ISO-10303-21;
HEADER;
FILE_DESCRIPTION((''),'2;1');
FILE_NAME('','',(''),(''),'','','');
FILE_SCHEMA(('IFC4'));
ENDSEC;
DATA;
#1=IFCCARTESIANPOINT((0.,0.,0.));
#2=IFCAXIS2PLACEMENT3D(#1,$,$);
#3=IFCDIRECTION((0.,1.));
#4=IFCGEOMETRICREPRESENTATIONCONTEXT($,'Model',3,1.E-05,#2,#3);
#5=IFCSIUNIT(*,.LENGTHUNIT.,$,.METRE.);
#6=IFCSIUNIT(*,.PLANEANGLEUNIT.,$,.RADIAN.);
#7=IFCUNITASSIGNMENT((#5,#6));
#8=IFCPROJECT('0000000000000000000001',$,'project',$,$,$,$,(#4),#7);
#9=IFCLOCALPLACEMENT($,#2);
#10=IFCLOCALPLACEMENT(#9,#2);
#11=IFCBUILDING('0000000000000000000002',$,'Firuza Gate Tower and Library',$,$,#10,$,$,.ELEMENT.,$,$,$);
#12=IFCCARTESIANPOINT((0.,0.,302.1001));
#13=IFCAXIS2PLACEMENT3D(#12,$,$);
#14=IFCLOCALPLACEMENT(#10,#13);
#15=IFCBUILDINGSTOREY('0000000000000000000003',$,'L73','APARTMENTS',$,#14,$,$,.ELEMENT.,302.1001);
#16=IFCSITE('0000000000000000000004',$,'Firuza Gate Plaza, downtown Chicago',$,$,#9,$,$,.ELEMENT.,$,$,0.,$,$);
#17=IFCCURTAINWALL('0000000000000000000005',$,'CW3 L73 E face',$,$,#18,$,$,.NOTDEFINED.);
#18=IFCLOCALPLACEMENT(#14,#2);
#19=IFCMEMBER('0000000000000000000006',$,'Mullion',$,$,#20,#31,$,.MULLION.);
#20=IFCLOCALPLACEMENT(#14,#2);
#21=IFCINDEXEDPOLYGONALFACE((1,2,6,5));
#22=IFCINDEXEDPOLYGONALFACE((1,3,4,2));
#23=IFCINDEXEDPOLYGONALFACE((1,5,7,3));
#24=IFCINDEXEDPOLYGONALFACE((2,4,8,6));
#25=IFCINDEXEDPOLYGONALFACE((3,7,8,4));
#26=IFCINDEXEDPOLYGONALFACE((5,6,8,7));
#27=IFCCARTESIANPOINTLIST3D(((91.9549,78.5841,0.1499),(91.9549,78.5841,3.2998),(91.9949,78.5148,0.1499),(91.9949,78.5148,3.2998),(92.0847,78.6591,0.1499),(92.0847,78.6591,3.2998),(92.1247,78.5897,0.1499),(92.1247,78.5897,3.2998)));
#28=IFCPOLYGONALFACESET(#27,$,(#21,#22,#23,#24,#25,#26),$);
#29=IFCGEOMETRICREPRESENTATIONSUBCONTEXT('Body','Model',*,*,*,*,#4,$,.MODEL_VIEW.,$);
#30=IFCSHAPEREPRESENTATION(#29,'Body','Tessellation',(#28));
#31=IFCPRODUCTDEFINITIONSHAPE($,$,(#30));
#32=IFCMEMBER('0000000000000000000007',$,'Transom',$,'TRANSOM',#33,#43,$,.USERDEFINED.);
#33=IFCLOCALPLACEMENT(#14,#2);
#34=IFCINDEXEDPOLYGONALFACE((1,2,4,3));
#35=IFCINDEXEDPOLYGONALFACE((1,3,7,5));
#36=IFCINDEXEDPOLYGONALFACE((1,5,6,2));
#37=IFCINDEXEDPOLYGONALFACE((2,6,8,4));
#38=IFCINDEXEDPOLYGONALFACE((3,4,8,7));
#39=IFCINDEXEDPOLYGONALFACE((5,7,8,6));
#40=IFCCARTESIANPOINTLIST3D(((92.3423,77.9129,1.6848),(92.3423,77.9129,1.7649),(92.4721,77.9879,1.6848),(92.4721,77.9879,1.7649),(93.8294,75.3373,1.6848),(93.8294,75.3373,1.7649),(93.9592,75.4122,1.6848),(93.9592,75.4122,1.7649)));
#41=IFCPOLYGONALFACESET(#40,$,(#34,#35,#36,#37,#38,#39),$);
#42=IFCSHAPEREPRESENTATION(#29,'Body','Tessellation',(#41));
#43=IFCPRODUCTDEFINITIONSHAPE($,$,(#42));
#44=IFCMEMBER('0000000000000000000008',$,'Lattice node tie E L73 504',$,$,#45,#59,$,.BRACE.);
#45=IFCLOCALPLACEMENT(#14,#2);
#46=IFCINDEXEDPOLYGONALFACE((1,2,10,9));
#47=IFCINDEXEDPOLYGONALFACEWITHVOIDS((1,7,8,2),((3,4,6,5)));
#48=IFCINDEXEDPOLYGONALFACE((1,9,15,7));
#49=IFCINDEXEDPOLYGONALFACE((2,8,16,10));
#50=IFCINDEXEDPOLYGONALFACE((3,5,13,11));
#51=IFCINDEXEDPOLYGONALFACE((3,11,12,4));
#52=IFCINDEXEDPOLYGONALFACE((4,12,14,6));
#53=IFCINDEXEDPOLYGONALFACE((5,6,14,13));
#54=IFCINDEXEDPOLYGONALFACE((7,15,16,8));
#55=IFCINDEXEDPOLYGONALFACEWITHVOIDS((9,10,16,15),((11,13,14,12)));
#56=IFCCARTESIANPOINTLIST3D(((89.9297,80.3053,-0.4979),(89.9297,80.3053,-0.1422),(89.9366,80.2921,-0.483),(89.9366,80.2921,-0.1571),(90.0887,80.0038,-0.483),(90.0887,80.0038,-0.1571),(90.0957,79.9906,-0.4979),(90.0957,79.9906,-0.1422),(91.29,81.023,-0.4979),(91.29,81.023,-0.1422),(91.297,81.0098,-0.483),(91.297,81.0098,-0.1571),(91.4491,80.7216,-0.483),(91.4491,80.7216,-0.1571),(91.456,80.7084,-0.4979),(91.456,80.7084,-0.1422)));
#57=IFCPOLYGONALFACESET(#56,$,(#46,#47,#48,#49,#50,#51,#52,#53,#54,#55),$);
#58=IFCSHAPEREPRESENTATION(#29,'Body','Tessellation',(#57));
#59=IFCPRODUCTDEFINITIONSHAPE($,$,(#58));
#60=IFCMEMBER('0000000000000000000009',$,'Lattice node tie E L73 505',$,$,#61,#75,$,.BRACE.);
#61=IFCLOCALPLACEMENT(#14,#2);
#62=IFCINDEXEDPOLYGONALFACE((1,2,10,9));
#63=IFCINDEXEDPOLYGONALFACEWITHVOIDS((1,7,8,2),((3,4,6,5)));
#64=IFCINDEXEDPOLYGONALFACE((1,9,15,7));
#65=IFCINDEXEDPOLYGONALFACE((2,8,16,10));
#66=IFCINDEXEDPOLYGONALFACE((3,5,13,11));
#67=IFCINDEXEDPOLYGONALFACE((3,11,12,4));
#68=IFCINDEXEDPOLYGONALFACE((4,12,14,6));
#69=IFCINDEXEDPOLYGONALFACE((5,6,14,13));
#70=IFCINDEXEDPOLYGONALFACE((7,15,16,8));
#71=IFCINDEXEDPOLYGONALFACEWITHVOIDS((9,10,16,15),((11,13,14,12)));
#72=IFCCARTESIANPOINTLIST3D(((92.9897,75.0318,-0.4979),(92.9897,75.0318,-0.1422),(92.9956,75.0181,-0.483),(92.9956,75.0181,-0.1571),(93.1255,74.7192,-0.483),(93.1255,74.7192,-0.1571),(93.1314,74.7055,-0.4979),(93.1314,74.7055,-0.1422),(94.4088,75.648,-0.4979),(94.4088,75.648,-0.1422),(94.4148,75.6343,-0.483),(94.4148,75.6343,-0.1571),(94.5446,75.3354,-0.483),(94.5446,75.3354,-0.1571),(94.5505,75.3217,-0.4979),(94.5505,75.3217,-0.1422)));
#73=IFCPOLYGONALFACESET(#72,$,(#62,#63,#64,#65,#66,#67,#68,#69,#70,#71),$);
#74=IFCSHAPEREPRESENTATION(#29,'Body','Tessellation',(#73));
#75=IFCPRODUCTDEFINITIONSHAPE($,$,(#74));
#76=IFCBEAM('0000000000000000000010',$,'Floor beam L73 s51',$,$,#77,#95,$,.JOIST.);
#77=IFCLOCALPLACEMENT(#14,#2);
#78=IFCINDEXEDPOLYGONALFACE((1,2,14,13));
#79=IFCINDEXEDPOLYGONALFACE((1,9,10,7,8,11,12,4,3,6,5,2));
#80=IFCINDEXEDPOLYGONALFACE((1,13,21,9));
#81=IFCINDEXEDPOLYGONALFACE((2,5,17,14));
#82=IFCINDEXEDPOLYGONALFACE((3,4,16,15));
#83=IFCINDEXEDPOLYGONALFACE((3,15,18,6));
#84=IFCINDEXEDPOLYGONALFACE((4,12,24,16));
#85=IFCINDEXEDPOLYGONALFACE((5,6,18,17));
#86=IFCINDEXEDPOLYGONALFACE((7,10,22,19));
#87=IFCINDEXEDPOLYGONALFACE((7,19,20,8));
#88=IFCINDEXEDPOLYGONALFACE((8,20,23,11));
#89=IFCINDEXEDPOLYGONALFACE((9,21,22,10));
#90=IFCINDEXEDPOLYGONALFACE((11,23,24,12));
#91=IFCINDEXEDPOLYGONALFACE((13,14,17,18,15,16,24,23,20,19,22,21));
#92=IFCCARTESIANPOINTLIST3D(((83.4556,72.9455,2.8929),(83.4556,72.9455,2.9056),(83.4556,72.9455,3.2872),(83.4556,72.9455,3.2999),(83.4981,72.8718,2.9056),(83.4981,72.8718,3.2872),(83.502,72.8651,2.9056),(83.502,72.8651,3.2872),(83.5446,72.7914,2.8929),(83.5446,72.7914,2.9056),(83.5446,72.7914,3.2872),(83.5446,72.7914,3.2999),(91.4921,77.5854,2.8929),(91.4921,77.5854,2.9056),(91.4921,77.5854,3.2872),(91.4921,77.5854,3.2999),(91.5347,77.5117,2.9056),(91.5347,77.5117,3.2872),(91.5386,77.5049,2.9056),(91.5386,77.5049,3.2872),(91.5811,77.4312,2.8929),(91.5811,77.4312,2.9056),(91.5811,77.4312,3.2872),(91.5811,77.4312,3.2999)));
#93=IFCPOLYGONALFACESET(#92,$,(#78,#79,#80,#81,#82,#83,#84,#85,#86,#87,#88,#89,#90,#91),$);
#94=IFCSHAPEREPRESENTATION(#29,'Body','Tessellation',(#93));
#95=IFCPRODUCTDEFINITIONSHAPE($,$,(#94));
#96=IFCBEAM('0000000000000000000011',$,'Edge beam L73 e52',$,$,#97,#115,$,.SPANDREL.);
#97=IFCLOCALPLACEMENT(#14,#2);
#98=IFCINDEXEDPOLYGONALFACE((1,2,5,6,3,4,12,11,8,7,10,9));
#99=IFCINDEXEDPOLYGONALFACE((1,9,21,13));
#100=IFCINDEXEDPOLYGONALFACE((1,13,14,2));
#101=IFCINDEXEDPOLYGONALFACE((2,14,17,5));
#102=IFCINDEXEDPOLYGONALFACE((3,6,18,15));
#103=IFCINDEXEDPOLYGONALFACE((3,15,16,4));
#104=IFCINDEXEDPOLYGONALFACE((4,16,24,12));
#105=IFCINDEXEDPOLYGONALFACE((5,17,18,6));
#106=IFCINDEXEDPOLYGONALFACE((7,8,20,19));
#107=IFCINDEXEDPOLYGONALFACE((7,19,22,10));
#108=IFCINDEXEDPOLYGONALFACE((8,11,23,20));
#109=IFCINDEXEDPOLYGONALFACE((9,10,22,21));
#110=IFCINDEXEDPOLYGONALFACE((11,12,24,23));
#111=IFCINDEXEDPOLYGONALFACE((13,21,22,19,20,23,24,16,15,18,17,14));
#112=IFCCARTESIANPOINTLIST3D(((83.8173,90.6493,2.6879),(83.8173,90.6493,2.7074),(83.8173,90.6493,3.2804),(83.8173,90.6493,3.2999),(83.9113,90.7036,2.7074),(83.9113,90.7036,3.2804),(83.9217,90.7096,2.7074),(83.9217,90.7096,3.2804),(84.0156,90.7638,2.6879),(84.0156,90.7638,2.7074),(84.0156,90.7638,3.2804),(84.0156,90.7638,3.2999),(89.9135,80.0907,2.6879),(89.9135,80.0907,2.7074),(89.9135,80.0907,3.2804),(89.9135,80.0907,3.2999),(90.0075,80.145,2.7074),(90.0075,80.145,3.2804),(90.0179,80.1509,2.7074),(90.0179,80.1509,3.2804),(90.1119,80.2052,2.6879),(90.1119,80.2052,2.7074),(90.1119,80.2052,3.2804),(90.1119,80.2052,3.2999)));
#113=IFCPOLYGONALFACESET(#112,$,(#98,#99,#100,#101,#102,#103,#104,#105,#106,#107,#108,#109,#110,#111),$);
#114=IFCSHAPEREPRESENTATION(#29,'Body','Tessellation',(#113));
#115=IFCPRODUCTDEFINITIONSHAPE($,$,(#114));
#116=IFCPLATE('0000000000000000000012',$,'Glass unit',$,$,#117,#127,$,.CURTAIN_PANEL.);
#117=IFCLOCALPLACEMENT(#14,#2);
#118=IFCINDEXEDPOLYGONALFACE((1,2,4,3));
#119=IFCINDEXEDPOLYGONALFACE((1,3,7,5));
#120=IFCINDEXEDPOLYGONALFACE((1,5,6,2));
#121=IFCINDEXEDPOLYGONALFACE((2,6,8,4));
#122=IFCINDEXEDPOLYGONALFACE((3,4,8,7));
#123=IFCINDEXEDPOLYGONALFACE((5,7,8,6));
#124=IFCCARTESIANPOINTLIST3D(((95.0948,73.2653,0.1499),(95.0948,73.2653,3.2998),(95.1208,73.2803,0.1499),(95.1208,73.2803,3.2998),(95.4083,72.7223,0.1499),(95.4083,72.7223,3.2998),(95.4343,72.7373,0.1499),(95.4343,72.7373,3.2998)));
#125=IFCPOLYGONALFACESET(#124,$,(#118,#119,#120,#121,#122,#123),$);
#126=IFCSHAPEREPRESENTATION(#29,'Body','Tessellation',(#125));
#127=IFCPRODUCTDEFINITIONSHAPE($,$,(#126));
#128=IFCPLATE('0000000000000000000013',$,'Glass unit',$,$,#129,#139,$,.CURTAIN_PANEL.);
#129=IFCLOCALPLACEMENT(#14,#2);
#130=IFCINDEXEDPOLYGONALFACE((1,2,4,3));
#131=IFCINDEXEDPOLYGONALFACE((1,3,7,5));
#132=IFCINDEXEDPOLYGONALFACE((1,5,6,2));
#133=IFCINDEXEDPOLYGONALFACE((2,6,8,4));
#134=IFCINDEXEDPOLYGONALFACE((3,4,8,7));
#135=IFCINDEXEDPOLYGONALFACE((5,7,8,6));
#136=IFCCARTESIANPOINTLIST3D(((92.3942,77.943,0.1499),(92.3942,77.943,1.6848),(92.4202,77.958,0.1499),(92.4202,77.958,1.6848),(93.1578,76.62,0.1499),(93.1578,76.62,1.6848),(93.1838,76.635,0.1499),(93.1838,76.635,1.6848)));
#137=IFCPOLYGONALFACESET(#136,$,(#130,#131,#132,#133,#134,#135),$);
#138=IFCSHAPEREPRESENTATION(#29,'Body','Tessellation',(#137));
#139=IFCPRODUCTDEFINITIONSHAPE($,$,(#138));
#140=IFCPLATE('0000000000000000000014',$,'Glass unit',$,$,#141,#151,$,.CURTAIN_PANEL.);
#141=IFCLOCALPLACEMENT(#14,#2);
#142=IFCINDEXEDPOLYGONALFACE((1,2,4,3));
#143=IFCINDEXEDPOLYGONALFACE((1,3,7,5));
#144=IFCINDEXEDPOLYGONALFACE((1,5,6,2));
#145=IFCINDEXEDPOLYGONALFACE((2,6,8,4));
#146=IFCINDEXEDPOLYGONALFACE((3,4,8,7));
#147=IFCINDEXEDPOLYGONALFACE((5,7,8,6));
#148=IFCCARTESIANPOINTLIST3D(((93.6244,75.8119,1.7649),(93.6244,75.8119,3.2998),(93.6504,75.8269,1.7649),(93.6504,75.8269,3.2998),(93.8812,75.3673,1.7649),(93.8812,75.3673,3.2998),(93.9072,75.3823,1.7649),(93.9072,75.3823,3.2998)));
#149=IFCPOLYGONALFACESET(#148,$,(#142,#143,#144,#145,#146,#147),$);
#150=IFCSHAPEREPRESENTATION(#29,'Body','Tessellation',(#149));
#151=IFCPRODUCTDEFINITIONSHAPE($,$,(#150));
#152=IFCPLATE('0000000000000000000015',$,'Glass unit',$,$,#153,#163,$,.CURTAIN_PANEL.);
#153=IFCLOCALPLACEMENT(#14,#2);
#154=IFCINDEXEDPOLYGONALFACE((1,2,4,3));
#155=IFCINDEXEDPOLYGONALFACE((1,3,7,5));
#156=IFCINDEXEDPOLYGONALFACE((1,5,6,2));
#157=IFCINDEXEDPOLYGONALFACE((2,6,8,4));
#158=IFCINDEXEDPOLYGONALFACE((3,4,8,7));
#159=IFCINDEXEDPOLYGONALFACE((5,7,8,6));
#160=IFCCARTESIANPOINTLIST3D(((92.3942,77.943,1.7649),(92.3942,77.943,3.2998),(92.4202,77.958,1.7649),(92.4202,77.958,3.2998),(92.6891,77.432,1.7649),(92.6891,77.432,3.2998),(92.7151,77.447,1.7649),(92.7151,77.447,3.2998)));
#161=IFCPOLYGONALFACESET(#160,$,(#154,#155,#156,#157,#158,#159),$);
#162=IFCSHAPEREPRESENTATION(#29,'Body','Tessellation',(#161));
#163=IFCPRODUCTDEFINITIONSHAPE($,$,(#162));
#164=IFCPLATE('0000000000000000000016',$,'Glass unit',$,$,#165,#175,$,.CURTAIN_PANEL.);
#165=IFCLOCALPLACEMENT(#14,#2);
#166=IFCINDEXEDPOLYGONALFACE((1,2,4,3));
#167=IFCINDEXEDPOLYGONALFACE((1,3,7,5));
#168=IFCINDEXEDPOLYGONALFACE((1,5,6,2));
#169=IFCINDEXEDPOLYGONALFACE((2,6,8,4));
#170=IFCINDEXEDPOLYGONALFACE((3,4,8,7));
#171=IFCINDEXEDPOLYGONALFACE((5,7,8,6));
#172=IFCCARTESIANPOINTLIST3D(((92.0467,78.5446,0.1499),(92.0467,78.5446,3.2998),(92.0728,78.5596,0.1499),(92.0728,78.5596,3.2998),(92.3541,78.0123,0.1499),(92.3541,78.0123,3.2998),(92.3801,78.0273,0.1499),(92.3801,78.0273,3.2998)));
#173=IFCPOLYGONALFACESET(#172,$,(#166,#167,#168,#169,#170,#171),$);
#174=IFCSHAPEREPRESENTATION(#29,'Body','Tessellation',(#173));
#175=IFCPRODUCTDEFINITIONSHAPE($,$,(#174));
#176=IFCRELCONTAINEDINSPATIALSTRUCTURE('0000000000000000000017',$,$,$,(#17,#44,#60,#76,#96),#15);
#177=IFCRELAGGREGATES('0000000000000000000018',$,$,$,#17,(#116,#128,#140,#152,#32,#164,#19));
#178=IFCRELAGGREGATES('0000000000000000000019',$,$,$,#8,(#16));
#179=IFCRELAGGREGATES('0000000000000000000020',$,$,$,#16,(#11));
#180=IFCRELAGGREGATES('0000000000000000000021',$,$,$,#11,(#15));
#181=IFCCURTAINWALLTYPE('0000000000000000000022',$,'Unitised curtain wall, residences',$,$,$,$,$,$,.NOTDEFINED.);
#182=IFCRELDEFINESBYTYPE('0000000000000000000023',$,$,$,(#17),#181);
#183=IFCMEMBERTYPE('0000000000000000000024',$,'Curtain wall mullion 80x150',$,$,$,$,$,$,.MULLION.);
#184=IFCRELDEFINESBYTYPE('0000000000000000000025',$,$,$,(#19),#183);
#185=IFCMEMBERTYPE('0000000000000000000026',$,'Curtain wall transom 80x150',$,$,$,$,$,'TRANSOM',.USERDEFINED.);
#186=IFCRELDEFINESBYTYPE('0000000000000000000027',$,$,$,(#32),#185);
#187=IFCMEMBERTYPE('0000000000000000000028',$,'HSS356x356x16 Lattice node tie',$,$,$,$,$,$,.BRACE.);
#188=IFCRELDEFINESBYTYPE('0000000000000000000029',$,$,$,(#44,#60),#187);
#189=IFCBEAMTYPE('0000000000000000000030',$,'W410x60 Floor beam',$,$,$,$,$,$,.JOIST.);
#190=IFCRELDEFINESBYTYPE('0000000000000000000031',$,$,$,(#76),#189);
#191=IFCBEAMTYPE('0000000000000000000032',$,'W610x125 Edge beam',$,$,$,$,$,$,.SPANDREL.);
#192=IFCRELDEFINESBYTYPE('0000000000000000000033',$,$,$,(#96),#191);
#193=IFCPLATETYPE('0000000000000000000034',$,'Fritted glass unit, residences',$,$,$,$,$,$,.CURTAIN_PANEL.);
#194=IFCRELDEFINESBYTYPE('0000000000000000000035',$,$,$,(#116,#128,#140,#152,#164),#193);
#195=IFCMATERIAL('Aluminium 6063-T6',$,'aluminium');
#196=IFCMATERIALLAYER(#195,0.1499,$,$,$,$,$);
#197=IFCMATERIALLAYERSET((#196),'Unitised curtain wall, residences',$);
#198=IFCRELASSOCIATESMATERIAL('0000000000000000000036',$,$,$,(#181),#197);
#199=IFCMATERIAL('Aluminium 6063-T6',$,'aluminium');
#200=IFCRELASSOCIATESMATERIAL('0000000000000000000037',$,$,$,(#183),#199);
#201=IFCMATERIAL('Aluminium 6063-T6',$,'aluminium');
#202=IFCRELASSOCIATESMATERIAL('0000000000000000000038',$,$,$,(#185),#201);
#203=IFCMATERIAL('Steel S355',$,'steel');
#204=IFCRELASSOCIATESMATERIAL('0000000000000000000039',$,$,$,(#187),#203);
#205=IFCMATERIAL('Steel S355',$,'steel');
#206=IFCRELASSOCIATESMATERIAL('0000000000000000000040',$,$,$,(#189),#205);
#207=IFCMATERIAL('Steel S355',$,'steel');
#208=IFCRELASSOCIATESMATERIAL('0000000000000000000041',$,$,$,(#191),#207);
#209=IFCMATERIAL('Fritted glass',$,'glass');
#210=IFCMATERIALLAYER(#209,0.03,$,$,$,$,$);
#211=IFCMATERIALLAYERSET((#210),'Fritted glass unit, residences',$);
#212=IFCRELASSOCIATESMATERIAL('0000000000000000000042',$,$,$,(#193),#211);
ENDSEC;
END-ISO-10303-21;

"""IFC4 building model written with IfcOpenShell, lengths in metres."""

from ifc_helpers import new_model, si_unit, direction, frame, origin, origin_2d, place, context, subcontext, project, spatial, polyline, rectangle, hollow_rectangle, i_section, outline, extrude, material, layer, layer_set, material_profile, profile_set, type_object, element, aggregate, save


model = new_model("IFC4")

# Units and contexts
model_context = context("Model", 3, precision=1e-05, world=origin(), true_north=direction((0.0, 1.0)))
body_context = subcontext(model_context, "Body", "Model", "MODEL_VIEW")
ifc_project = project(units=[si_unit("LENGTHUNIT", "METRE"), si_unit("PLANEANGLEUNIT", "RADIAN")], contexts=[model_context])

# Site, building, storey
site_placement = place(None, origin())
site = spatial("IfcSite", under=ifc_project, at=site_placement, Name="Firuza Gate Plaza, downtown Chicago", CompositionType="ELEMENT", RefElevation=0.0)
building_placement = place(site_placement, origin())
building = spatial("IfcBuilding", under=site, at=building_placement, Name="Firuza Gate Tower and Library", CompositionType="ELEMENT")
storey_placement = place(building_placement, frame((0.0, 0.0, 302.1001)))
storey = spatial("IfcBuildingStorey", under=building, at=storey_placement, Name="L73", Description="APARTMENTS", CompositionType="ELEMENT", Elevation=302.1001)

# Curtain wall, members
ifc_material_1 = material(Name="Aluminium 6063-T6", Category="aluminium")
ifc_layer_1 = layer(ifc_material_1, 0.1499)
ifc_layer_set_1 = layer_set([ifc_layer_1], Name="Unitised curtain wall, residences")
curtain_wall_type = type_object("IfcCurtainWallType", Name="Unitised curtain wall, residences", PredefinedType="NOTDEFINED", material=ifc_layer_set_1)
curtain_wall_placement = place(storey_placement, origin())
curtain_wall = element("IfcCurtainWall", 1, at=curtain_wall_placement, inside=storey, type_object=curtain_wall_type, Name="CW3 L73 E face", PredefinedType="NOTDEFINED")
ifc_material_2 = material(Name="Aluminium 6063-T6", Category="aluminium")
ifc_material_profile_1 = material_profile(ifc_material_2, rectangle(XDim=0.1499, YDim=0.0801, at=origin_2d()))
ifc_profile_set_1 = profile_set([ifc_material_profile_1], Name="Aluminium 6063-T6")
member_type_1 = type_object("IfcMemberType", Name="Curtain wall mullion 80x150", PredefinedType="MULLION", material=ifc_profile_set_1)
member_1_placement = place(storey_placement, frame((92.0398, 78.5869, 0.1499), z_axis=(0.0, 0.0, 1.0), x_axis=(-0.866025, -0.5, 0.0)))
member_1 = element("IfcMember", 2, at=member_1_placement, type_object=member_type_1, Name="Mullion", PredefinedType="MULLION", context=body_context, shape_type="SweptSolid", body=[
    extrude(rectangle(XDim=0.1499, YDim=0.0801, at=origin_2d()), origin(), (0.0, 0.0, 1.0), 3.1499),
])
ifc_material_3 = material(Name="Aluminium 6063-T6", Category="aluminium")
ifc_material_profile_2 = material_profile(ifc_material_3, rectangle(XDim=0.1499, YDim=0.0801, at=origin_2d()))
ifc_profile_set_2 = profile_set([ifc_material_profile_2], Name="Aluminium 6063-T6")
member_type_2 = type_object("IfcMemberType", Name="Curtain wall transom 80x150", ElementType="TRANSOM", PredefinedType="USERDEFINED", material=ifc_profile_set_2)
member_2_placement = place(storey_placement, frame((93.8943, 75.3748, 1.7249), z_axis=(-0.499997, 0.866027, 0.0), x_axis=(-0.866027, -0.499997, 0.0)))
member_2 = element("IfcMember", 3, at=member_2_placement, type_object=member_type_2, Name="Transom", ObjectType="TRANSOM", PredefinedType="USERDEFINED", context=body_context, shape_type="SweptSolid", body=[
    extrude(rectangle(XDim=0.1499, YDim=0.0801, at=origin_2d()), origin(), (0.0, 0.0, 1.0), 2.9741),
])

# Members
ifc_material_4 = material(Name="Steel S355", Category="steel")
ifc_material_profile_3 = material_profile(ifc_material_4, hollow_rectangle(XDim=0.3557, YDim=0.3557, WallThickness=0.0149, at=origin_2d()))
ifc_profile_set_3 = profile_set([ifc_material_profile_3], Name="Steel S355")
member_type_3 = type_object("IfcMemberType", Name="HSS356x356x16 Lattice node tie", PredefinedType="BRACE", material=ifc_profile_set_3)
member_3_placement = place(storey_placement, frame((90.0127, 80.1479, -0.3201), z_axis=(0.884436, 0.466662, 0.0), x_axis=(-0.466662, 0.884436, 0.0)))
element("IfcMember", 4, at=member_3_placement, inside=storey, type_object=member_type_3, Name="Lattice node tie E L73 504", PredefinedType="BRACE", context=body_context, shape_type="SweptSolid", body=[
    extrude(hollow_rectangle(XDim=0.3557, YDim=0.3557, WallThickness=0.0149, at=origin_2d()), origin(), (0.0, 0.0, 1.0), 1.5381),
])
member_4_placement = place(storey_placement, frame((93.0605, 74.8687, -0.3201), z_axis=(0.917266, 0.398276, 0.0), x_axis=(-0.398276, 0.917266, 0.0)))
element("IfcMember", 5, at=member_4_placement, inside=storey, type_object=member_type_3, Name="Lattice node tie E L73 505", PredefinedType="BRACE", context=body_context, shape_type="SweptSolid", body=[
    extrude(hollow_rectangle(XDim=0.3557, YDim=0.3557, WallThickness=0.0149, at=origin_2d()), origin(), (0.0, 0.0, 1.0), 1.5471),
])

# Beams
ifc_material_5 = material(Name="Steel S355", Category="steel")
ifc_material_profile_4 = material_profile(ifc_material_5, i_section(OverallWidth=0.178, OverallDepth=0.407, WebThickness=0.0078, FlangeThickness=0.0127, at=origin_2d()))
ifc_profile_set_4 = profile_set([ifc_material_profile_4], Name="Steel S355")
beam_type_1 = type_object("IfcBeamType", Name="W410x60 Floor beam", PredefinedType="JOIST", material=ifc_profile_set_4)
beam_1_placement = place(storey_placement, frame((91.5366, 77.5083, 3.0964), z_axis=(-0.866028, -0.499996, 0.0), x_axis=(0.499996, -0.866028, 0.0)))
element("IfcBeam", 6, at=beam_1_placement, inside=storey, type_object=beam_type_1, Name="Floor beam L73 s51", PredefinedType="JOIST", context=body_context, shape_type="SweptSolid", body=[
    extrude(i_section(OverallWidth=0.178, OverallDepth=0.407, WebThickness=0.0078, FlangeThickness=0.0127, at=origin_2d()), origin(), (0.0, 0.0, 1.0), 9.2798),
])
ifc_material_6 = material(Name="Steel S355", Category="steel")
ifc_material_profile_5 = material_profile(ifc_material_6, i_section(OverallWidth=0.229, OverallDepth=0.6121, WebThickness=0.012, FlangeThickness=0.0195, at=origin_2d()))
ifc_profile_set_5 = profile_set([ifc_material_profile_5], Name="Steel S355")
beam_type_2 = type_object("IfcBeamType", Name="W610x125 Edge beam", PredefinedType="SPANDREL", material=ifc_profile_set_5)
beam_2_placement = place(storey_placement, frame((90.0127, 80.1479, 2.9939), z_axis=(-0.500011, 0.866019, 0.0), x_axis=(-0.866019, -0.500011, 0.0)))
element("IfcBeam", 7, at=beam_2_placement, inside=storey, type_object=beam_type_2, Name="Edge beam L73 e52", PredefinedType="SPANDREL", context=body_context, shape_type="SweptSolid", body=[
    extrude(i_section(OverallWidth=0.229, OverallDepth=0.6121, WebThickness=0.012, FlangeThickness=0.0195, at=origin_2d()), origin(), (0.0, 0.0, 1.0), 12.1921),
])

# Plates
ifc_material_7 = material(Name="Fritted glass", Category="glass")
ifc_layer_2 = layer(ifc_material_7, 0.03)
ifc_layer_set_2 = layer_set([ifc_layer_2], Name="Fritted glass unit, residences")
plate_type_1 = type_object("IfcPlateType", Name="Fritted glass unit, residences", PredefinedType="CURTAIN_PANEL", material=ifc_layer_set_2)
plate_1_placement = place(storey_placement, frame((95.4343, 72.7373, 0.1499), z_axis=(0.86603, 0.499992, 0.0), x_axis=(-0.499992, 0.86603, 0.0)))
plate_1 = element("IfcPlate", 8, at=plate_1_placement, type_object=plate_type_1, Name="Glass unit", PredefinedType="CURTAIN_PANEL", context=body_context, shape_type="SweptSolid", body=[
    extrude(outline(polyline([(0.0, 0.0), (0.627, 0.0), (0.627, 3.1499), (0.0, 3.1499), (0.0, 0.0)])), origin(), (0.0, 0.0, -1.0), 0.03),
])
plate_2_placement = place(storey_placement, frame((93.1838, 76.635, 0.1499), z_axis=(0.866071, 0.499921, 0.0), x_axis=(-0.499921, 0.866071, 0.0)))
plate_2 = element("IfcPlate", 9, at=plate_2_placement, type_object=plate_type_1, Name="Glass unit", PredefinedType="CURTAIN_PANEL", context=body_context, shape_type="SweptSolid", body=[
    extrude(outline(polyline([(0.0, 0.0), (1.5276, 0.0), (1.5276, 1.5349), (0.0, 1.5349), (0.0, 0.0)])), origin(), (0.0, 0.0, -1.0), 0.03),
])
plate_3_placement = place(storey_placement, frame((93.9072, 75.3823, 1.7649), z_axis=(0.865893, 0.50023, 0.0), x_axis=(-0.50023, 0.865893, 0.0)))
plate_3 = element("IfcPlate", 10, at=plate_3_placement, type_object=plate_type_1, Name="Glass unit", PredefinedType="CURTAIN_PANEL", context=body_context, shape_type="SweptSolid", body=[
    extrude(outline(polyline([(0.0, 0.0), (0.5134, 0.0), (0.5134, 1.5349), (0.0, 1.5349), (0.0, 0.0)])), origin(), (0.0, 0.0, -1.0), 0.03),
])
plate_4_placement = place(storey_placement, frame((92.7151, 77.447, 1.7649), z_axis=(0.866096, 0.499878, 0.0), x_axis=(-0.499878, 0.866096, 0.0)))
plate_4 = element("IfcPlate", 11, at=plate_4_placement, type_object=plate_type_1, Name="Glass unit", PredefinedType="CURTAIN_PANEL", context=body_context, shape_type="SweptSolid", body=[
    extrude(outline(polyline([(0.0, 0.0), (0.59, 0.0), (0.59, 1.5349), (0.0, 1.5349), (0.0, 0.0)])), origin(), (0.0, 0.0, -1.0), 0.03),
])
plate_5_placement = place(storey_placement, frame((92.3801, 78.0273, 0.1499), z_axis=(0.865961, 0.500112, 0.0), x_axis=(-0.500112, 0.865961, 0.0)))
plate_5 = element("IfcPlate", 12, at=plate_5_placement, type_object=plate_type_1, Name="Glass unit", PredefinedType="CURTAIN_PANEL", context=body_context, shape_type="SweptSolid", body=[
    extrude(outline(polyline([(0.0, 0.0), (0.6146, 0.0), (0.6146, 3.1499), (0.0, 3.1499), (0.0, 0.0)])), origin(), (0.0, 0.0, -1.0), 0.03),
])
aggregate(curtain_wall, [plate_1, plate_2, plate_3, plate_4, member_2, plate_5, member_1])

save(model, "model.ifc")
